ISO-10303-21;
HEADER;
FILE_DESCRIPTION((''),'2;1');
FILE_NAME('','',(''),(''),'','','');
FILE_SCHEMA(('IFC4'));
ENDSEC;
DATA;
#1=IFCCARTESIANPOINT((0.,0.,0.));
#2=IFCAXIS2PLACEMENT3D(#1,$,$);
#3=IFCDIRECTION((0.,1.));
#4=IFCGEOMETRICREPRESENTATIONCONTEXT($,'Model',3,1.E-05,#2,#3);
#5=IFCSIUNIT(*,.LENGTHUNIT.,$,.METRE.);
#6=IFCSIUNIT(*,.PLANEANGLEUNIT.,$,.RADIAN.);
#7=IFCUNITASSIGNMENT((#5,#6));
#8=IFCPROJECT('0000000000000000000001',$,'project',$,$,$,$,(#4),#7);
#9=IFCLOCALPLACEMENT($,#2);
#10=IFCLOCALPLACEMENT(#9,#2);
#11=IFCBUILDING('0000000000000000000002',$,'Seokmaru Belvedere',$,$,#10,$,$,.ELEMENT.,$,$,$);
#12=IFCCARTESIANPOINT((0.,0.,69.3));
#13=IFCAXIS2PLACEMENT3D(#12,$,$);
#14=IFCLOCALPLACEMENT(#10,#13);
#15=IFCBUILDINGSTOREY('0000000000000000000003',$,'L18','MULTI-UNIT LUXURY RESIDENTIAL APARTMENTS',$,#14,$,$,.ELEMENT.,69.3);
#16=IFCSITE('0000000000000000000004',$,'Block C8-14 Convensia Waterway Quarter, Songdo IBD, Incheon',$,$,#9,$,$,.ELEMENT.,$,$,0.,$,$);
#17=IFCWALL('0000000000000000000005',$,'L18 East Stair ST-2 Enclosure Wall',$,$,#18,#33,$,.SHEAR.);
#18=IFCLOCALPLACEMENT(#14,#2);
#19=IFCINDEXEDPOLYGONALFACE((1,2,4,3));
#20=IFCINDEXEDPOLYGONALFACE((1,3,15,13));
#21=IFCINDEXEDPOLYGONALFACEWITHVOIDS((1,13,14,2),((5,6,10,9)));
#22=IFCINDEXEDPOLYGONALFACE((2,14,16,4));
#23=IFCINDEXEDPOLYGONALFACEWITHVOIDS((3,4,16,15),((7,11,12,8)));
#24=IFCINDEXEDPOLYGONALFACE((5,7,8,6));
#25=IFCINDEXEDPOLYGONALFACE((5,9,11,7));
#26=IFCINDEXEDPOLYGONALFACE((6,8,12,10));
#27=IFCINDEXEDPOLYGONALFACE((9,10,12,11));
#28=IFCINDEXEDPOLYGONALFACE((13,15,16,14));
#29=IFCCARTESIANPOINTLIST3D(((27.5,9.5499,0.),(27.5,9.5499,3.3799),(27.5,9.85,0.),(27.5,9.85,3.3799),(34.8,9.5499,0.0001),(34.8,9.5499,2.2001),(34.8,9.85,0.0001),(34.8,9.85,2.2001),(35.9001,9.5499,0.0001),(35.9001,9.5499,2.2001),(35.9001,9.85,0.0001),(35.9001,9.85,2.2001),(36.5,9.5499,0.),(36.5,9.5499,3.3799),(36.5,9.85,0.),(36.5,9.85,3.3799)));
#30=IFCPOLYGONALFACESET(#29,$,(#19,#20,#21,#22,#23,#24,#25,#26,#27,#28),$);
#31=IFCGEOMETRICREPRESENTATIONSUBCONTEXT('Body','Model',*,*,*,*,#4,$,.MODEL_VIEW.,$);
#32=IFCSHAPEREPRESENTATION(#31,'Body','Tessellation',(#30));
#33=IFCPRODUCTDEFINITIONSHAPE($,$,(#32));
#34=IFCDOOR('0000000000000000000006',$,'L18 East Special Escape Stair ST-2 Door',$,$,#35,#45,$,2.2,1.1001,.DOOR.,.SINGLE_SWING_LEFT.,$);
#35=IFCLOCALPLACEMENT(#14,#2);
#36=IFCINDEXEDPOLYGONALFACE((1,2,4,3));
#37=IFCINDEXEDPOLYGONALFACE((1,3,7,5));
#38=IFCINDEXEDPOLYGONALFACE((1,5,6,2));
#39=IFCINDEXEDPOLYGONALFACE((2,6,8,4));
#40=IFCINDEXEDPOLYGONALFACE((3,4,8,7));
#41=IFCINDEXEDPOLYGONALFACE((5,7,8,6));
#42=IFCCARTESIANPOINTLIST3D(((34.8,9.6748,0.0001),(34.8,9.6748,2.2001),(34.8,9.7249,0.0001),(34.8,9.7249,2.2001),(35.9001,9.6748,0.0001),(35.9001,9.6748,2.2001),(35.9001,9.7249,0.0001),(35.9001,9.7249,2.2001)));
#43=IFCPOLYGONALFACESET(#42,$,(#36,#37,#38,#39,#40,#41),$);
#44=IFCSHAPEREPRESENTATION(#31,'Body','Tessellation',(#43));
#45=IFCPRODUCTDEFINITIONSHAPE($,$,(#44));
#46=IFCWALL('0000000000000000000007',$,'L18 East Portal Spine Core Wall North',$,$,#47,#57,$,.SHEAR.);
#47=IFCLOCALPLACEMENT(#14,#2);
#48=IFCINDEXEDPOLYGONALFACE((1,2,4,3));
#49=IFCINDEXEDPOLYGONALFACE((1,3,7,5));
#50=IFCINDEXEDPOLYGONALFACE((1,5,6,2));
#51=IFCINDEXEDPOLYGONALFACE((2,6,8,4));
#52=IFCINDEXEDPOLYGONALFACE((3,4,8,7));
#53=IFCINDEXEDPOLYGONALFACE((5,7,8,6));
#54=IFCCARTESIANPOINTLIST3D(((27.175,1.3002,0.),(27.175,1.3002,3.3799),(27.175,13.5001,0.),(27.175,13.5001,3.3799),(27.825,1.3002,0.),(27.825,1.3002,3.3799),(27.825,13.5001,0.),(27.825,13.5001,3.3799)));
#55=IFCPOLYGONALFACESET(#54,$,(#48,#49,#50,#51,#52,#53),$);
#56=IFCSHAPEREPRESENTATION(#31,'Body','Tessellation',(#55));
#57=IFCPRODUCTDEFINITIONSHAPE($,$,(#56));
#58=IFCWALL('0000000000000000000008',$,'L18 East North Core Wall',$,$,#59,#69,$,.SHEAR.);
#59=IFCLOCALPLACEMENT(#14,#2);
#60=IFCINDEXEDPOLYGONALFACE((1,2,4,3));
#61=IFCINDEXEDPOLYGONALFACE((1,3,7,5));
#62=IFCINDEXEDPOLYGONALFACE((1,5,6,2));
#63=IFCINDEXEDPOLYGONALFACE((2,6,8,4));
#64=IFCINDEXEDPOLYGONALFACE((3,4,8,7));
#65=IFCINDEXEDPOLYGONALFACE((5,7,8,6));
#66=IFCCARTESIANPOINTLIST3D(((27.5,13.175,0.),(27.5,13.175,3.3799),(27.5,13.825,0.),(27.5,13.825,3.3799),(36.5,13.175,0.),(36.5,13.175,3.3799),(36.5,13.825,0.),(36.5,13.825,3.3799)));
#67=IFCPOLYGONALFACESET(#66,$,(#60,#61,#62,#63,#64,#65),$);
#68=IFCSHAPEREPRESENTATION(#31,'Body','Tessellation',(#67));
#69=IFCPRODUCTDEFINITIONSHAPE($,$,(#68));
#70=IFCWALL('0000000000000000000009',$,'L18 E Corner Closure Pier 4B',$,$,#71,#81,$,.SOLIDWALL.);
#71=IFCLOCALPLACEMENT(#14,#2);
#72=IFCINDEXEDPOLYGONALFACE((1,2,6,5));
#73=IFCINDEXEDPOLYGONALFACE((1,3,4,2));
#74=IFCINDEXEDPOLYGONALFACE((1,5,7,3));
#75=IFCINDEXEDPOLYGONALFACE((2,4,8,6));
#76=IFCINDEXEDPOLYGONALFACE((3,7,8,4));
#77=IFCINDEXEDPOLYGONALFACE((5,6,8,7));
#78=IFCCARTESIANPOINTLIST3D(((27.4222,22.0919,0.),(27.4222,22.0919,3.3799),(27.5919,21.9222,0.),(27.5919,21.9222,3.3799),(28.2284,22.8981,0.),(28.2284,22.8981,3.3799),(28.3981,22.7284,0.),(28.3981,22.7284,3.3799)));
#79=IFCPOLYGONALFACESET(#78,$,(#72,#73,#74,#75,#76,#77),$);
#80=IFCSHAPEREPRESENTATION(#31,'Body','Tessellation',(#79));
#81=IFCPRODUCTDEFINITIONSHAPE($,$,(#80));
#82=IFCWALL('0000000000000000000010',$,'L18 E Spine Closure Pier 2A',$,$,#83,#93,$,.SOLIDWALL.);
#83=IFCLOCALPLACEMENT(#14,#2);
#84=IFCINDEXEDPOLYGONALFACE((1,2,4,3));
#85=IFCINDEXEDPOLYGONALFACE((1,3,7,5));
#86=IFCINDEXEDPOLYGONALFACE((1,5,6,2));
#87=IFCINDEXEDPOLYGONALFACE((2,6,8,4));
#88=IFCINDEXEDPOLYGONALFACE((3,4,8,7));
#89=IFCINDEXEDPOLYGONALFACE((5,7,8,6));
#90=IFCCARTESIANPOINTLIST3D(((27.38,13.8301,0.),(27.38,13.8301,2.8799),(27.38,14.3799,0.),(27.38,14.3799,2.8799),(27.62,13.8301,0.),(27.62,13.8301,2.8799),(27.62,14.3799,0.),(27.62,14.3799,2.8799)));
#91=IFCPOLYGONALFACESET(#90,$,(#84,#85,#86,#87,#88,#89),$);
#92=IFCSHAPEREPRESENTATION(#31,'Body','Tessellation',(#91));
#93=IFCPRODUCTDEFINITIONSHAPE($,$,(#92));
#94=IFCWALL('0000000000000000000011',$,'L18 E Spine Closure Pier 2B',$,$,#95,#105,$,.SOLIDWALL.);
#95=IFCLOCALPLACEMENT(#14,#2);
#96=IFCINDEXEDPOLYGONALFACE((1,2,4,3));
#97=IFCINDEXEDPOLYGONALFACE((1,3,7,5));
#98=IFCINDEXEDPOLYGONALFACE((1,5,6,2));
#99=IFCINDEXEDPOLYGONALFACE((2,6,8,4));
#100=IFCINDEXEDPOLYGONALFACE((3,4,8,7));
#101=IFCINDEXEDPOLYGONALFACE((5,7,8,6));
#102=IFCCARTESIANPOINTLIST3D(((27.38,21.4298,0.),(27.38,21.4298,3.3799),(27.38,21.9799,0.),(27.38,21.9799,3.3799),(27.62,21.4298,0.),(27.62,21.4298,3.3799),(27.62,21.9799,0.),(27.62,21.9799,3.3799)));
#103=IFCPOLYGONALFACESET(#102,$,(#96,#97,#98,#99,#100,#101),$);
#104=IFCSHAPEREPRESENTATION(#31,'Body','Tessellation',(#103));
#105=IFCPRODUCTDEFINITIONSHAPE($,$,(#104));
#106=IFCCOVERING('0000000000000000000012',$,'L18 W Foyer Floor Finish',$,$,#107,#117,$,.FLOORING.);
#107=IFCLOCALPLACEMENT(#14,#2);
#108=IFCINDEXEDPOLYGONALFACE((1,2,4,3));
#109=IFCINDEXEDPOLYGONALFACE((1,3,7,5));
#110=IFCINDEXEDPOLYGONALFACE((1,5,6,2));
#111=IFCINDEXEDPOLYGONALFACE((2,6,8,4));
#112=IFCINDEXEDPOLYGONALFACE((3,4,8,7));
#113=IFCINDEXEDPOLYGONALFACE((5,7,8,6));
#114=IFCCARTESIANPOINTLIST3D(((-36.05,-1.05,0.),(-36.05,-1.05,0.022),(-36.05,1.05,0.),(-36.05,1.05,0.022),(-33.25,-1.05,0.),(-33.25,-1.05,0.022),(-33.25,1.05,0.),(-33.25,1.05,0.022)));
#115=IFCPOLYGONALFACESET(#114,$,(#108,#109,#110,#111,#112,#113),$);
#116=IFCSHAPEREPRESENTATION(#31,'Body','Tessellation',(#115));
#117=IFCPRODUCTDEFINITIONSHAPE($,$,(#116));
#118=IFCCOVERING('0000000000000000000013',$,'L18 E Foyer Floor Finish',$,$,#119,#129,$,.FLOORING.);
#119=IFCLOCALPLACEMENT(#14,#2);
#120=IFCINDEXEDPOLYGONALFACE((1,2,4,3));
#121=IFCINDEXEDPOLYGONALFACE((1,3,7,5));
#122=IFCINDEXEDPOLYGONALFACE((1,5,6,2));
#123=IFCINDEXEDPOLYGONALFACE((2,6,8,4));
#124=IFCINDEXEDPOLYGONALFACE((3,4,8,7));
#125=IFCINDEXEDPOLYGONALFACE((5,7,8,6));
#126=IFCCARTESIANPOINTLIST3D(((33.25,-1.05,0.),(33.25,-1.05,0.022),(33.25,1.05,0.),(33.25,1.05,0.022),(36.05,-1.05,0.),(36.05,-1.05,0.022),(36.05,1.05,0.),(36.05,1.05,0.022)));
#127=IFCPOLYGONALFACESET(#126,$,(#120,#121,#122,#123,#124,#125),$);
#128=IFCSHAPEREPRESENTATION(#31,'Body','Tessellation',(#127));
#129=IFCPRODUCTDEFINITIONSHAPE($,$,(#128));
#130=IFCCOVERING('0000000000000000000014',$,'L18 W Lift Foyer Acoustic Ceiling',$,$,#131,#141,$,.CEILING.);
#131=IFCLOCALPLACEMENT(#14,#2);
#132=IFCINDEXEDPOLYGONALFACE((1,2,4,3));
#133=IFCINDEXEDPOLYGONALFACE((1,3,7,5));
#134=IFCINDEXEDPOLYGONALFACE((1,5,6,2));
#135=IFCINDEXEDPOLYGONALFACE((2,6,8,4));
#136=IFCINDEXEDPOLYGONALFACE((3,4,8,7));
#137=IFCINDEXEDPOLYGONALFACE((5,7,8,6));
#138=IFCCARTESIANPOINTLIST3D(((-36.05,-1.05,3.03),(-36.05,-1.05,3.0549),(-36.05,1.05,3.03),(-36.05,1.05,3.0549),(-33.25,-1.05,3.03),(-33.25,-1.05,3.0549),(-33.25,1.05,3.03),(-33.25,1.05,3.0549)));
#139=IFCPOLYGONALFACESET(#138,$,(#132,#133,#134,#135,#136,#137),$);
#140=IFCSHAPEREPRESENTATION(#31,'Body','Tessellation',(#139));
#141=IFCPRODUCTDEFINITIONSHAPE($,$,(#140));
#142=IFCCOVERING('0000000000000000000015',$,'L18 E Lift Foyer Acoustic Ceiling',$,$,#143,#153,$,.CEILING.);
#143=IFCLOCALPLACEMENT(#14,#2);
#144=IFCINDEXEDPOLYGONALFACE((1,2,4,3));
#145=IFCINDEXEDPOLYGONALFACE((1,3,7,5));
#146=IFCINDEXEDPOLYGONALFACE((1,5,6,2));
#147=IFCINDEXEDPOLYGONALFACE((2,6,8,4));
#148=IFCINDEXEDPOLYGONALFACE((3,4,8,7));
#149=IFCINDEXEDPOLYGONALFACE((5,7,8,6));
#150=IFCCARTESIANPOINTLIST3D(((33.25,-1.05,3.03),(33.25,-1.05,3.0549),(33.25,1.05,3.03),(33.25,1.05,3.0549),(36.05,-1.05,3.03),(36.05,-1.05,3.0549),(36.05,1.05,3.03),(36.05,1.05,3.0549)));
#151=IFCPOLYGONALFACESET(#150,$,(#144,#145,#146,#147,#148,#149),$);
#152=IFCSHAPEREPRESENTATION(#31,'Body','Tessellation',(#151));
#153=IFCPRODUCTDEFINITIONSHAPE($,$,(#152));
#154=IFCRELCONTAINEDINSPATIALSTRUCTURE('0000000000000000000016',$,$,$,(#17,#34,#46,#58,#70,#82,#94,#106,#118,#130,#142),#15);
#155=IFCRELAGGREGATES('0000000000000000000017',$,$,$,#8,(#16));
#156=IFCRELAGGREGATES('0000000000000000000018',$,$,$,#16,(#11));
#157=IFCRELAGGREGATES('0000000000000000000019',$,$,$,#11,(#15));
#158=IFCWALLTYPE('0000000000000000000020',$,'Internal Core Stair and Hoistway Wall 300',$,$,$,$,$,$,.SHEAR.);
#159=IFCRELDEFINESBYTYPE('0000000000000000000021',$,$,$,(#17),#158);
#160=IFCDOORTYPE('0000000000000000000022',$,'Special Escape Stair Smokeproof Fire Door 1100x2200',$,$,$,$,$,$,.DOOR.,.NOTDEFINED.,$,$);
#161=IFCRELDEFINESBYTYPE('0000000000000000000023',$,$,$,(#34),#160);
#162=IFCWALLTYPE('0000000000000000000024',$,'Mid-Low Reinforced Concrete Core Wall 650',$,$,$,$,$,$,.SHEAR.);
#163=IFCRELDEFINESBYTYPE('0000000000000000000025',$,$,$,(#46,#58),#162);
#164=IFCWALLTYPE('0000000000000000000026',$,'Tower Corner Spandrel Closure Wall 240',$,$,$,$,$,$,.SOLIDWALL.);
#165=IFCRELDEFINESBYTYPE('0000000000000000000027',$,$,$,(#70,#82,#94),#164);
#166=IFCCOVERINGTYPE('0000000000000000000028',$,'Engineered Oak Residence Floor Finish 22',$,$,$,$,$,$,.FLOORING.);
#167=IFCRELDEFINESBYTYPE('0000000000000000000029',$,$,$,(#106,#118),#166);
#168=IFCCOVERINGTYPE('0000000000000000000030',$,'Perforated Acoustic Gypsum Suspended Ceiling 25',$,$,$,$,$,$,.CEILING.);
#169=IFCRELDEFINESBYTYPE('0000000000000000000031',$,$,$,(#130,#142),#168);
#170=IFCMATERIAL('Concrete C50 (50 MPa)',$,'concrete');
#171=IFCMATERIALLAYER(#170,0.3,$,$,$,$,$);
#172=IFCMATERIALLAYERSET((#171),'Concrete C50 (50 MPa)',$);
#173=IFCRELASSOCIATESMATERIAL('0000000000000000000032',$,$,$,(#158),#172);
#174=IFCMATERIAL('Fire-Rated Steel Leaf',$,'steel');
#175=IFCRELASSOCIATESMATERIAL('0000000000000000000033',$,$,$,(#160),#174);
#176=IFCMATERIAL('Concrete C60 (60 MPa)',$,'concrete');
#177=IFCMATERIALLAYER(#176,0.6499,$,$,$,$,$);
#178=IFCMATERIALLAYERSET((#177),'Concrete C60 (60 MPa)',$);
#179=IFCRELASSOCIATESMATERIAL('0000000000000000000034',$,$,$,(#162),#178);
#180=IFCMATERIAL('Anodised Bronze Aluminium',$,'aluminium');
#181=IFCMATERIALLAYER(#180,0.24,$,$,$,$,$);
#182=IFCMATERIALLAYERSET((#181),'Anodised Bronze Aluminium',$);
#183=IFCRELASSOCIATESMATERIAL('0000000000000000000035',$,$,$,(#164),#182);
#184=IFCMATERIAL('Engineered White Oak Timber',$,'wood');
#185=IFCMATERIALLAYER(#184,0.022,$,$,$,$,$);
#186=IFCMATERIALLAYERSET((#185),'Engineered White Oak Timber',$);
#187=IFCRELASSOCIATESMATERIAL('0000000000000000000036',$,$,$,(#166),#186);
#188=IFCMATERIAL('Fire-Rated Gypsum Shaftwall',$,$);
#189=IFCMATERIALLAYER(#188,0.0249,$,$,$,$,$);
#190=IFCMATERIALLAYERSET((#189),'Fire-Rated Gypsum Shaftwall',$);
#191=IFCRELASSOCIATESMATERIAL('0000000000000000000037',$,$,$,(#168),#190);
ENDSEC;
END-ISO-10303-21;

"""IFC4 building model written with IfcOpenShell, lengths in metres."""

from ifc_helpers import new_model, si_unit, direction, frame, frame_2d, origin, place, context, subcontext, project, spatial, polyline, rectangle, outline, extrude, source, transform, mapped, material, layer, layer_set, type_object, type_shapes, element, fill, save


model = new_model("IFC4")

# Units and contexts
model_context = context("Model", 3, precision=1e-05, world=origin(), true_north=direction((0.0, 1.0)))
body_context = subcontext(model_context, "Body", "Model", "MODEL_VIEW")
ifc_project = project(units=[si_unit("LENGTHUNIT", "METRE"), si_unit("PLANEANGLEUNIT", "RADIAN")], contexts=[model_context])

# Site, building, storey
site_placement = place(None, origin())
site = spatial("IfcSite", under=ifc_project, at=site_placement, Name="Block C8-14 Convensia Waterway Quarter, Songdo IBD, Incheon", CompositionType="ELEMENT", RefElevation=0.0)
building_placement = place(site_placement, origin())
building = spatial("IfcBuilding", under=site, at=building_placement, Name="Seokmaru Belvedere", CompositionType="ELEMENT")
storey_placement = place(building_placement, frame((0.0, 0.0, 69.3)))
storey = spatial("IfcBuildingStorey", under=building, at=storey_placement, Name="L18", Description="MULTI-UNIT LUXURY RESIDENTIAL APARTMENTS", CompositionType="ELEMENT", Elevation=69.3)

# Shared definitions
ifc_material_1 = material(Name="Anodised Bronze Aluminium", Category="aluminium")

# Shared definitions
ifc_material_2 = material(Name="Fire-Rated Gypsum Shaftwall")

# Shared definitions
ifc_material_3 = material(Name="Concrete C50 (50 MPa)", Category="concrete")

# Wall, opening, door
ifc_layer_1 = layer(ifc_material_3, 0.3)
ifc_layer_set_1 = layer_set([ifc_layer_1], Name="Concrete C50 (50 MPa)")
wall_type_1 = type_object("IfcWallType", Name="Internal Core Stair and Hoistway Wall 300", PredefinedType="SHEAR", material=ifc_layer_set_1)
wall_1_placement = place(storey_placement, frame((27.5, 9.7, 0.0), z_axis=(0.0, 0.0, 1.0), x_axis=(1.0, 0.0, 0.0)))
wall_1 = element("IfcWall", 1, at=wall_1_placement, inside=storey, type_object=wall_type_1, Name="L18 East Stair ST-2 Enclosure Wall", PredefinedType="SHEAR", context=body_context, shape_type="SweptSolid", body=[
    extrude(rectangle(XDim=9.0, YDim=0.3, at=frame_2d((4.5, 0.0))), origin(), (0.0, 0.0, 1.0), 3.3799),
])
opening_1_placement = place(wall_1_placement, frame((7.3, 0.0, 0.0)))
opening_1 = element("IfcOpeningElement", 2, at=opening_1_placement, cuts=wall_1, PredefinedType="OPENING", context=body_context, shape_type="SweptSolid", body=[
    extrude(rectangle(XDim=1.1001, YDim=2.2, at=frame_2d((0.55, 1.1001))), frame((0.0, 0.1602, 0.0), z_axis=(0.0, -1.0, 0.0), x_axis=(1.0, 0.0, 0.0)), (0.0, 0.0, 1.0), 0.3201),
])
ifc_material_4 = material(Name="Fire-Rated Steel Leaf", Category="steel")
door_type = type_object("IfcDoorType", Name="Special Escape Stair Smokeproof Fire Door 1100x2200", OperationType="NOTDEFINED", PredefinedType="DOOR", material=ifc_material_4)
shared_shape_1 = source(origin(), body_context, "Body", "SweptSolid", [
    extrude(rectangle(XDim=1.1001, YDim=2.2, at=frame_2d((0.55, 1.1001))), frame((0.0, 0.0249, 0.0), z_axis=(0.0, -1.0, 0.0), x_axis=(1.0, 0.0, 0.0)), (0.0, 0.0, 1.0), 0.05),
])
type_shapes(door_type, [shared_shape_1])
door_placement = place(opening_1_placement, origin())
door = element("IfcDoor", 3, at=door_placement, inside=storey, type_object=door_type, Name="L18 East Special Escape Stair ST-2 Door", OperationType="SINGLE_SWING_LEFT", OverallHeight=2.2, OverallWidth=1.1001, PredefinedType="DOOR", context=body_context, shape_type="MappedRepresentation", body=[
    mapped(shared_shape_1, transform((0.0, 0.0, 0.0), scale=1.0)),
])
fill(opening_1, door)

# Walls
ifc_material_5 = material(Name="Concrete C60 (60 MPa)", Category="concrete")
ifc_layer_2 = layer(ifc_material_5, 0.6499)
ifc_layer_set_2 = layer_set([ifc_layer_2], Name="Concrete C60 (60 MPa)")
wall_type_2 = type_object("IfcWallType", Name="Mid-Low Reinforced Concrete Core Wall 650", PredefinedType="SHEAR", material=ifc_layer_set_2)
wall_2_placement = place(storey_placement, frame((27.5, 1.3, 0.0), z_axis=(0.0, 0.0, 1.0), x_axis=(0.0, 1.0, 0.0)))
element("IfcWall", 4, at=wall_2_placement, inside=storey, type_object=wall_type_2, Name="L18 East Portal Spine Core Wall North", PredefinedType="SHEAR", context=body_context, shape_type="SweptSolid", body=[
    extrude(rectangle(XDim=12.2, YDim=0.6499, at=frame_2d((6.1001, 0.0))), origin(), (0.0, 0.0, 1.0), 3.3799),
])
wall_3_placement = place(storey_placement, frame((27.5, 13.5, 0.0), z_axis=(0.0, 0.0, 1.0), x_axis=(1.0, 0.0, 0.0)))
element("IfcWall", 5, at=wall_3_placement, inside=storey, type_object=wall_type_2, Name="L18 East North Core Wall", PredefinedType="SHEAR", context=body_context, shape_type="SweptSolid", body=[
    extrude(rectangle(XDim=9.0, YDim=0.6499, at=frame_2d((4.5, 0.0))), origin(), (0.0, 0.0, 1.0), 3.3799),
])
ifc_layer_3 = layer(ifc_material_1, 0.24)
ifc_layer_set_3 = layer_set([ifc_layer_3], Name="Anodised Bronze Aluminium")
wall_type_3 = type_object("IfcWallType", Name="Tower Corner Spandrel Closure Wall 240", PredefinedType="SOLIDWALL", material=ifc_layer_set_3)
wall_4_placement = place(storey_placement, frame((28.3132, 22.8132, 0.0), z_axis=(0.0, 0.0, 1.0), x_axis=(-0.707107, -0.707107, 0.0)))
element("IfcWall", 6, at=wall_4_placement, inside=storey, type_object=wall_type_3, Name="L18 E Corner Closure Pier 4B", PredefinedType="SOLIDWALL", context=body_context, shape_type="SweptSolid", body=[
    extrude(rectangle(XDim=1.1401, YDim=0.24, at=frame_2d((0.5701, 0.0))), origin(), (0.0, 0.0, 1.0), 3.3799),
])
wall_5_placement = place(storey_placement, frame((27.5, 13.8301, 0.0), z_axis=(0.0, 0.0, 1.0), x_axis=(0.0, 1.0, 0.0)))
element("IfcWall", 7, at=wall_5_placement, inside=storey, type_object=wall_type_3, Name="L18 E Spine Closure Pier 2A", PredefinedType="SOLIDWALL", context=body_context, shape_type="SweptSolid", body=[
    extrude(rectangle(XDim=0.5498, YDim=0.24, at=frame_2d((0.2749, 0.0))), origin(), (0.0, 0.0, 1.0), 2.8799),
])
wall_6_placement = place(storey_placement, frame((27.5, 21.4299, 0.0), z_axis=(0.0, 0.0, 1.0), x_axis=(0.0, 1.0, 0.0)))
element("IfcWall", 8, at=wall_6_placement, inside=storey, type_object=wall_type_3, Name="L18 E Spine Closure Pier 2B", PredefinedType="SOLIDWALL", context=body_context, shape_type="SweptSolid", body=[
    extrude(rectangle(XDim=0.55, YDim=0.24, at=frame_2d((0.2749, 0.0))), origin(), (0.0, 0.0, 1.0), 3.3799),
])

# Coverings
ifc_material_6 = material(Name="Engineered White Oak Timber", Category="wood")
ifc_layer_4 = layer(ifc_material_6, 0.022)
ifc_layer_set_4 = layer_set([ifc_layer_4], Name="Engineered White Oak Timber")
covering_type_1 = type_object("IfcCoveringType", Name="Engineered Oak Residence Floor Finish 22", PredefinedType="FLOORING", material=ifc_layer_set_4)
covering_1_placement = place(storey_placement, origin())
element("IfcCovering", 9, at=covering_1_placement, inside=storey, type_object=covering_type_1, Name="L18 W Foyer Floor Finish", PredefinedType="FLOORING", context=body_context, shape_type="SweptSolid", body=[
    extrude(outline(polyline([(-36.05, -1.05), (-33.25, -1.05), (-33.25, 1.05), (-36.05, 1.05), (-36.05, -1.05)])), origin(), (0.0, 0.0, 1.0), 0.022),
])
covering_2_placement = place(storey_placement, origin())
element("IfcCovering", 10, at=covering_2_placement, inside=storey, type_object=covering_type_1, Name="L18 E Foyer Floor Finish", PredefinedType="FLOORING", context=body_context, shape_type="SweptSolid", body=[
    extrude(outline(polyline([(33.25, -1.05), (36.05, -1.05), (36.05, 1.05), (33.25, 1.05), (33.25, -1.05)])), origin(), (0.0, 0.0, 1.0), 0.022),
])
ifc_layer_5 = layer(ifc_material_2, 0.0249)
ifc_layer_set_5 = layer_set([ifc_layer_5], Name="Fire-Rated Gypsum Shaftwall")
covering_type_2 = type_object("IfcCoveringType", Name="Perforated Acoustic Gypsum Suspended Ceiling 25", PredefinedType="CEILING", material=ifc_layer_set_5)
covering_3_placement = place(storey_placement, frame((0.0, 0.0, 3.03)))
element("IfcCovering", 11, at=covering_3_placement, inside=storey, type_object=covering_type_2, Name="L18 W Lift Foyer Acoustic Ceiling", PredefinedType="CEILING", context=body_context, shape_type="SweptSolid", body=[
    extrude(outline(polyline([(-36.05, -1.05), (-33.25, -1.05), (-33.25, 1.05), (-36.05, 1.05), (-36.05, -1.05)])), origin(), (0.0, 0.0, 1.0), 0.0249),
])
covering_4_placement = place(storey_placement, frame((0.0, 0.0, 3.03)))
element("IfcCovering", 12, at=covering_4_placement, inside=storey, type_object=covering_type_2, Name="L18 E Lift Foyer Acoustic Ceiling", PredefinedType="CEILING", context=body_context, shape_type="SweptSolid", body=[
    extrude(outline(polyline([(33.25, -1.05), (36.05, -1.05), (36.05, 1.05), (33.25, 1.05), (33.25, -1.05)])), origin(), (0.0, 0.0, 1.0), 0.0249),
])

save(model, "model.ifc")
